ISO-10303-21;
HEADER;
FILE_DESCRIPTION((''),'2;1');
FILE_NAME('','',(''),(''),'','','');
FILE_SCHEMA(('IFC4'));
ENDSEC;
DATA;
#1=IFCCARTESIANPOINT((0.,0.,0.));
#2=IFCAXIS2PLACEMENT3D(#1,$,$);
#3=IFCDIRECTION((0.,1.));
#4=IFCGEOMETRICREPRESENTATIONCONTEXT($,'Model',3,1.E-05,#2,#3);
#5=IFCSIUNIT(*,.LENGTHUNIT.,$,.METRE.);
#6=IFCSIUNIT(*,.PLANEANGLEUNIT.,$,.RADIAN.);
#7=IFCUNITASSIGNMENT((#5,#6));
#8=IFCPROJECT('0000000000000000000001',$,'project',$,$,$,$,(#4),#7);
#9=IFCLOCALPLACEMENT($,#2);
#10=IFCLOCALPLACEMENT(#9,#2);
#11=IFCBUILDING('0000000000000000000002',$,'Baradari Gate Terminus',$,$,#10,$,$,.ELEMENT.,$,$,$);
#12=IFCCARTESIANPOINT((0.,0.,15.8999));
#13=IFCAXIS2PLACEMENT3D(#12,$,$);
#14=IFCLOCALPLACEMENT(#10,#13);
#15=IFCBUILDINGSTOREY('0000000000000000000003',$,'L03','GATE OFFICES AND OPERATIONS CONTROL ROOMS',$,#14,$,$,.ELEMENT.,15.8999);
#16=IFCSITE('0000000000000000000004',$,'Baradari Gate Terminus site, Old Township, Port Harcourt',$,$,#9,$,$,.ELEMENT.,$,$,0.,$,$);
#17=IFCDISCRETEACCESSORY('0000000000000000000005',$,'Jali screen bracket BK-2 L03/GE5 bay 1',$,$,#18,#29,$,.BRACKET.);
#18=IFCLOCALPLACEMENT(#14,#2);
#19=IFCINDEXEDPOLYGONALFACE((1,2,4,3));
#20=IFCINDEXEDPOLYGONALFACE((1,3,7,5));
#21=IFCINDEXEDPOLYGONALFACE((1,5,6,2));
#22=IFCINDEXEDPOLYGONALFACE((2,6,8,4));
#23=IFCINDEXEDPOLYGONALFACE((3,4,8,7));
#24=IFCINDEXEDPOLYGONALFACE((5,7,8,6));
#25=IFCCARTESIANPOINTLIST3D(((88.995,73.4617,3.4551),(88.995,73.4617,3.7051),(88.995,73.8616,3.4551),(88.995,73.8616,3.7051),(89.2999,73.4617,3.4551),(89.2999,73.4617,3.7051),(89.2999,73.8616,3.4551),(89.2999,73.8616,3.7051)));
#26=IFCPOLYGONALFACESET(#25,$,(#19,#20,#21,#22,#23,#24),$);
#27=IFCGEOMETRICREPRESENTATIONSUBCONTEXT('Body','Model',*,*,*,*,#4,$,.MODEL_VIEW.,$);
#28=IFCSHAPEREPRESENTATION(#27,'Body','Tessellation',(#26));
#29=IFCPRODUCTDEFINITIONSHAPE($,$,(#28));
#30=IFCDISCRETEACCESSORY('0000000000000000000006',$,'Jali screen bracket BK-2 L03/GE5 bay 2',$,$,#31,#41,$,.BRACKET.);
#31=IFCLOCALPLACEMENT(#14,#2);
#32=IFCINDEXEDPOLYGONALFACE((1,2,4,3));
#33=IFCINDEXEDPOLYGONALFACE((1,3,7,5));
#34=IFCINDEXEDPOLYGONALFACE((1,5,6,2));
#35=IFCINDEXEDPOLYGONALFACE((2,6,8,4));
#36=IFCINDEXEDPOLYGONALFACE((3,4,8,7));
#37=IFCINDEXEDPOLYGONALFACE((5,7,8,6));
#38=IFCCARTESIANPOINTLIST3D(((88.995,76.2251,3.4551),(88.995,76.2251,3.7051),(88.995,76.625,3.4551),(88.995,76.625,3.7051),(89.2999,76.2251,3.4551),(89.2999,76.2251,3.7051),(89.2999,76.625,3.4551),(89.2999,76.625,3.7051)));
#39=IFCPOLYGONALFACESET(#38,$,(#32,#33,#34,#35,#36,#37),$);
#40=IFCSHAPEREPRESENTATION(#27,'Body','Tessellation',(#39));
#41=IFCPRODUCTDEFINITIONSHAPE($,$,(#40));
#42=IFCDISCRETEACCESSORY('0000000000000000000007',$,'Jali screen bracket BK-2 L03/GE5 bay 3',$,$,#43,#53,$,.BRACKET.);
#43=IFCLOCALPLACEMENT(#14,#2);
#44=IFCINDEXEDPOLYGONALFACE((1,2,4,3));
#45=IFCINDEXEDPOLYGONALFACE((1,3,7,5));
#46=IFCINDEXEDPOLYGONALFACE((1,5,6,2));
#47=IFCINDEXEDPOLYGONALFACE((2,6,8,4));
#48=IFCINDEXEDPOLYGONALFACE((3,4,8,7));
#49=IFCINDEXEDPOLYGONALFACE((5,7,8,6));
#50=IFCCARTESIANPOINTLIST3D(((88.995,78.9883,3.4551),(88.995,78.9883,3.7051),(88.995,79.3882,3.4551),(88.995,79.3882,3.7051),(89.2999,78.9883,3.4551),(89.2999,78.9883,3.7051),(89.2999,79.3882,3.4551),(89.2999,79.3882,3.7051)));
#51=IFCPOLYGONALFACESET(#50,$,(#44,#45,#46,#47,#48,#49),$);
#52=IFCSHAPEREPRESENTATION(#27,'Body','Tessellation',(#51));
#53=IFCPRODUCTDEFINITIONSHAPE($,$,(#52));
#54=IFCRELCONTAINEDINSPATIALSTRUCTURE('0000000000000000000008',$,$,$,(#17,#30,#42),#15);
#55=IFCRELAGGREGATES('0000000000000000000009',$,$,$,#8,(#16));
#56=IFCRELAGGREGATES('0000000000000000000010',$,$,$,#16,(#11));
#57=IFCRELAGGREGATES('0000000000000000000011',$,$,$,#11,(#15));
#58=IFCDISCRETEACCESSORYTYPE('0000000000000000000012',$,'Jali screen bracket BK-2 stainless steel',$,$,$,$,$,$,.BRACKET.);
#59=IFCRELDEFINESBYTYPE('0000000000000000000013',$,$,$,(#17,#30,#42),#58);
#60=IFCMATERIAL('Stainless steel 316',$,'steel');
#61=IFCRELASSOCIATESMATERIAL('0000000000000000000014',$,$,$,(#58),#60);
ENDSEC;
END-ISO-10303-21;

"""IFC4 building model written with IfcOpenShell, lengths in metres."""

from ifc_helpers import new_model, si_unit, direction, frame, origin, origin_2d, place, context, subcontext, project, spatial, rectangle, extrude, material, type_object, element, save


model = new_model("IFC4")

# Units and contexts
model_context = context("Model", 3, precision=1e-05, world=origin(), true_north=direction((0.0, 1.0)))
body_context = subcontext(model_context, "Body", "Model", "MODEL_VIEW")
ifc_project = project(units=[si_unit("LENGTHUNIT", "METRE"), si_unit("PLANEANGLEUNIT", "RADIAN")], contexts=[model_context])

# Site, building, storey
site_placement = place(None, origin())
site = spatial("IfcSite", under=ifc_project, at=site_placement, Name="Baradari Gate Terminus site, Old Township, Port Harcourt", CompositionType="ELEMENT", RefElevation=0.0)
building_placement = place(site_placement, origin())
building = spatial("IfcBuilding", under=site, at=building_placement, Name="Baradari Gate Terminus", CompositionType="ELEMENT")
storey_placement = place(building_placement, frame((0.0, 0.0, 15.8999)))
storey = spatial("IfcBuildingStorey", under=building, at=storey_placement, Name="L03", Description="GATE OFFICES AND OPERATIONS CONTROL ROOMS", CompositionType="ELEMENT", Elevation=15.8999)

# Discrete accessories
ifc_material_1 = material(Name="Stainless steel 316", Category="steel")
discrete_accessory_type = type_object("IfcDiscreteAccessoryType", Name="Jali screen bracket BK-2 stainless steel", PredefinedType="BRACKET", material=ifc_material_1)
for number, where, z_axis, x_axis, name in (
    (1, (89.1475, 73.6616, 3.4551), (0.0, 0.0, 1.0), (1.0, 0.0, 0.0), "Jali screen bracket BK-2 L03/GE5 bay 1"),
    (2, (89.1475, 76.425, 3.4551), (0.0, 0.0, 1.0), (1.0, 0.0, 0.0), "Jali screen bracket BK-2 L03/GE5 bay 2"),
    (3, (89.1475, 79.1882, 3.4551), (0.0, 0.0, 1.0), (1.0, 0.0, 0.0), "Jali screen bracket BK-2 L03/GE5 bay 3"),
):
    element("IfcDiscreteAccessory", number, at=place(storey_placement, frame(where, z_axis=z_axis, x_axis=x_axis)), inside=storey, type_object=discrete_accessory_type, Name=name, PredefinedType="BRACKET", context=body_context, shape_type="SweptSolid", body=[
        extrude(rectangle(XDim=0.3049, YDim=0.3999, at=origin_2d()), origin(), (0.0, 0.0, 1.0), 0.25),
    ])

save(model, "model.ifc")
